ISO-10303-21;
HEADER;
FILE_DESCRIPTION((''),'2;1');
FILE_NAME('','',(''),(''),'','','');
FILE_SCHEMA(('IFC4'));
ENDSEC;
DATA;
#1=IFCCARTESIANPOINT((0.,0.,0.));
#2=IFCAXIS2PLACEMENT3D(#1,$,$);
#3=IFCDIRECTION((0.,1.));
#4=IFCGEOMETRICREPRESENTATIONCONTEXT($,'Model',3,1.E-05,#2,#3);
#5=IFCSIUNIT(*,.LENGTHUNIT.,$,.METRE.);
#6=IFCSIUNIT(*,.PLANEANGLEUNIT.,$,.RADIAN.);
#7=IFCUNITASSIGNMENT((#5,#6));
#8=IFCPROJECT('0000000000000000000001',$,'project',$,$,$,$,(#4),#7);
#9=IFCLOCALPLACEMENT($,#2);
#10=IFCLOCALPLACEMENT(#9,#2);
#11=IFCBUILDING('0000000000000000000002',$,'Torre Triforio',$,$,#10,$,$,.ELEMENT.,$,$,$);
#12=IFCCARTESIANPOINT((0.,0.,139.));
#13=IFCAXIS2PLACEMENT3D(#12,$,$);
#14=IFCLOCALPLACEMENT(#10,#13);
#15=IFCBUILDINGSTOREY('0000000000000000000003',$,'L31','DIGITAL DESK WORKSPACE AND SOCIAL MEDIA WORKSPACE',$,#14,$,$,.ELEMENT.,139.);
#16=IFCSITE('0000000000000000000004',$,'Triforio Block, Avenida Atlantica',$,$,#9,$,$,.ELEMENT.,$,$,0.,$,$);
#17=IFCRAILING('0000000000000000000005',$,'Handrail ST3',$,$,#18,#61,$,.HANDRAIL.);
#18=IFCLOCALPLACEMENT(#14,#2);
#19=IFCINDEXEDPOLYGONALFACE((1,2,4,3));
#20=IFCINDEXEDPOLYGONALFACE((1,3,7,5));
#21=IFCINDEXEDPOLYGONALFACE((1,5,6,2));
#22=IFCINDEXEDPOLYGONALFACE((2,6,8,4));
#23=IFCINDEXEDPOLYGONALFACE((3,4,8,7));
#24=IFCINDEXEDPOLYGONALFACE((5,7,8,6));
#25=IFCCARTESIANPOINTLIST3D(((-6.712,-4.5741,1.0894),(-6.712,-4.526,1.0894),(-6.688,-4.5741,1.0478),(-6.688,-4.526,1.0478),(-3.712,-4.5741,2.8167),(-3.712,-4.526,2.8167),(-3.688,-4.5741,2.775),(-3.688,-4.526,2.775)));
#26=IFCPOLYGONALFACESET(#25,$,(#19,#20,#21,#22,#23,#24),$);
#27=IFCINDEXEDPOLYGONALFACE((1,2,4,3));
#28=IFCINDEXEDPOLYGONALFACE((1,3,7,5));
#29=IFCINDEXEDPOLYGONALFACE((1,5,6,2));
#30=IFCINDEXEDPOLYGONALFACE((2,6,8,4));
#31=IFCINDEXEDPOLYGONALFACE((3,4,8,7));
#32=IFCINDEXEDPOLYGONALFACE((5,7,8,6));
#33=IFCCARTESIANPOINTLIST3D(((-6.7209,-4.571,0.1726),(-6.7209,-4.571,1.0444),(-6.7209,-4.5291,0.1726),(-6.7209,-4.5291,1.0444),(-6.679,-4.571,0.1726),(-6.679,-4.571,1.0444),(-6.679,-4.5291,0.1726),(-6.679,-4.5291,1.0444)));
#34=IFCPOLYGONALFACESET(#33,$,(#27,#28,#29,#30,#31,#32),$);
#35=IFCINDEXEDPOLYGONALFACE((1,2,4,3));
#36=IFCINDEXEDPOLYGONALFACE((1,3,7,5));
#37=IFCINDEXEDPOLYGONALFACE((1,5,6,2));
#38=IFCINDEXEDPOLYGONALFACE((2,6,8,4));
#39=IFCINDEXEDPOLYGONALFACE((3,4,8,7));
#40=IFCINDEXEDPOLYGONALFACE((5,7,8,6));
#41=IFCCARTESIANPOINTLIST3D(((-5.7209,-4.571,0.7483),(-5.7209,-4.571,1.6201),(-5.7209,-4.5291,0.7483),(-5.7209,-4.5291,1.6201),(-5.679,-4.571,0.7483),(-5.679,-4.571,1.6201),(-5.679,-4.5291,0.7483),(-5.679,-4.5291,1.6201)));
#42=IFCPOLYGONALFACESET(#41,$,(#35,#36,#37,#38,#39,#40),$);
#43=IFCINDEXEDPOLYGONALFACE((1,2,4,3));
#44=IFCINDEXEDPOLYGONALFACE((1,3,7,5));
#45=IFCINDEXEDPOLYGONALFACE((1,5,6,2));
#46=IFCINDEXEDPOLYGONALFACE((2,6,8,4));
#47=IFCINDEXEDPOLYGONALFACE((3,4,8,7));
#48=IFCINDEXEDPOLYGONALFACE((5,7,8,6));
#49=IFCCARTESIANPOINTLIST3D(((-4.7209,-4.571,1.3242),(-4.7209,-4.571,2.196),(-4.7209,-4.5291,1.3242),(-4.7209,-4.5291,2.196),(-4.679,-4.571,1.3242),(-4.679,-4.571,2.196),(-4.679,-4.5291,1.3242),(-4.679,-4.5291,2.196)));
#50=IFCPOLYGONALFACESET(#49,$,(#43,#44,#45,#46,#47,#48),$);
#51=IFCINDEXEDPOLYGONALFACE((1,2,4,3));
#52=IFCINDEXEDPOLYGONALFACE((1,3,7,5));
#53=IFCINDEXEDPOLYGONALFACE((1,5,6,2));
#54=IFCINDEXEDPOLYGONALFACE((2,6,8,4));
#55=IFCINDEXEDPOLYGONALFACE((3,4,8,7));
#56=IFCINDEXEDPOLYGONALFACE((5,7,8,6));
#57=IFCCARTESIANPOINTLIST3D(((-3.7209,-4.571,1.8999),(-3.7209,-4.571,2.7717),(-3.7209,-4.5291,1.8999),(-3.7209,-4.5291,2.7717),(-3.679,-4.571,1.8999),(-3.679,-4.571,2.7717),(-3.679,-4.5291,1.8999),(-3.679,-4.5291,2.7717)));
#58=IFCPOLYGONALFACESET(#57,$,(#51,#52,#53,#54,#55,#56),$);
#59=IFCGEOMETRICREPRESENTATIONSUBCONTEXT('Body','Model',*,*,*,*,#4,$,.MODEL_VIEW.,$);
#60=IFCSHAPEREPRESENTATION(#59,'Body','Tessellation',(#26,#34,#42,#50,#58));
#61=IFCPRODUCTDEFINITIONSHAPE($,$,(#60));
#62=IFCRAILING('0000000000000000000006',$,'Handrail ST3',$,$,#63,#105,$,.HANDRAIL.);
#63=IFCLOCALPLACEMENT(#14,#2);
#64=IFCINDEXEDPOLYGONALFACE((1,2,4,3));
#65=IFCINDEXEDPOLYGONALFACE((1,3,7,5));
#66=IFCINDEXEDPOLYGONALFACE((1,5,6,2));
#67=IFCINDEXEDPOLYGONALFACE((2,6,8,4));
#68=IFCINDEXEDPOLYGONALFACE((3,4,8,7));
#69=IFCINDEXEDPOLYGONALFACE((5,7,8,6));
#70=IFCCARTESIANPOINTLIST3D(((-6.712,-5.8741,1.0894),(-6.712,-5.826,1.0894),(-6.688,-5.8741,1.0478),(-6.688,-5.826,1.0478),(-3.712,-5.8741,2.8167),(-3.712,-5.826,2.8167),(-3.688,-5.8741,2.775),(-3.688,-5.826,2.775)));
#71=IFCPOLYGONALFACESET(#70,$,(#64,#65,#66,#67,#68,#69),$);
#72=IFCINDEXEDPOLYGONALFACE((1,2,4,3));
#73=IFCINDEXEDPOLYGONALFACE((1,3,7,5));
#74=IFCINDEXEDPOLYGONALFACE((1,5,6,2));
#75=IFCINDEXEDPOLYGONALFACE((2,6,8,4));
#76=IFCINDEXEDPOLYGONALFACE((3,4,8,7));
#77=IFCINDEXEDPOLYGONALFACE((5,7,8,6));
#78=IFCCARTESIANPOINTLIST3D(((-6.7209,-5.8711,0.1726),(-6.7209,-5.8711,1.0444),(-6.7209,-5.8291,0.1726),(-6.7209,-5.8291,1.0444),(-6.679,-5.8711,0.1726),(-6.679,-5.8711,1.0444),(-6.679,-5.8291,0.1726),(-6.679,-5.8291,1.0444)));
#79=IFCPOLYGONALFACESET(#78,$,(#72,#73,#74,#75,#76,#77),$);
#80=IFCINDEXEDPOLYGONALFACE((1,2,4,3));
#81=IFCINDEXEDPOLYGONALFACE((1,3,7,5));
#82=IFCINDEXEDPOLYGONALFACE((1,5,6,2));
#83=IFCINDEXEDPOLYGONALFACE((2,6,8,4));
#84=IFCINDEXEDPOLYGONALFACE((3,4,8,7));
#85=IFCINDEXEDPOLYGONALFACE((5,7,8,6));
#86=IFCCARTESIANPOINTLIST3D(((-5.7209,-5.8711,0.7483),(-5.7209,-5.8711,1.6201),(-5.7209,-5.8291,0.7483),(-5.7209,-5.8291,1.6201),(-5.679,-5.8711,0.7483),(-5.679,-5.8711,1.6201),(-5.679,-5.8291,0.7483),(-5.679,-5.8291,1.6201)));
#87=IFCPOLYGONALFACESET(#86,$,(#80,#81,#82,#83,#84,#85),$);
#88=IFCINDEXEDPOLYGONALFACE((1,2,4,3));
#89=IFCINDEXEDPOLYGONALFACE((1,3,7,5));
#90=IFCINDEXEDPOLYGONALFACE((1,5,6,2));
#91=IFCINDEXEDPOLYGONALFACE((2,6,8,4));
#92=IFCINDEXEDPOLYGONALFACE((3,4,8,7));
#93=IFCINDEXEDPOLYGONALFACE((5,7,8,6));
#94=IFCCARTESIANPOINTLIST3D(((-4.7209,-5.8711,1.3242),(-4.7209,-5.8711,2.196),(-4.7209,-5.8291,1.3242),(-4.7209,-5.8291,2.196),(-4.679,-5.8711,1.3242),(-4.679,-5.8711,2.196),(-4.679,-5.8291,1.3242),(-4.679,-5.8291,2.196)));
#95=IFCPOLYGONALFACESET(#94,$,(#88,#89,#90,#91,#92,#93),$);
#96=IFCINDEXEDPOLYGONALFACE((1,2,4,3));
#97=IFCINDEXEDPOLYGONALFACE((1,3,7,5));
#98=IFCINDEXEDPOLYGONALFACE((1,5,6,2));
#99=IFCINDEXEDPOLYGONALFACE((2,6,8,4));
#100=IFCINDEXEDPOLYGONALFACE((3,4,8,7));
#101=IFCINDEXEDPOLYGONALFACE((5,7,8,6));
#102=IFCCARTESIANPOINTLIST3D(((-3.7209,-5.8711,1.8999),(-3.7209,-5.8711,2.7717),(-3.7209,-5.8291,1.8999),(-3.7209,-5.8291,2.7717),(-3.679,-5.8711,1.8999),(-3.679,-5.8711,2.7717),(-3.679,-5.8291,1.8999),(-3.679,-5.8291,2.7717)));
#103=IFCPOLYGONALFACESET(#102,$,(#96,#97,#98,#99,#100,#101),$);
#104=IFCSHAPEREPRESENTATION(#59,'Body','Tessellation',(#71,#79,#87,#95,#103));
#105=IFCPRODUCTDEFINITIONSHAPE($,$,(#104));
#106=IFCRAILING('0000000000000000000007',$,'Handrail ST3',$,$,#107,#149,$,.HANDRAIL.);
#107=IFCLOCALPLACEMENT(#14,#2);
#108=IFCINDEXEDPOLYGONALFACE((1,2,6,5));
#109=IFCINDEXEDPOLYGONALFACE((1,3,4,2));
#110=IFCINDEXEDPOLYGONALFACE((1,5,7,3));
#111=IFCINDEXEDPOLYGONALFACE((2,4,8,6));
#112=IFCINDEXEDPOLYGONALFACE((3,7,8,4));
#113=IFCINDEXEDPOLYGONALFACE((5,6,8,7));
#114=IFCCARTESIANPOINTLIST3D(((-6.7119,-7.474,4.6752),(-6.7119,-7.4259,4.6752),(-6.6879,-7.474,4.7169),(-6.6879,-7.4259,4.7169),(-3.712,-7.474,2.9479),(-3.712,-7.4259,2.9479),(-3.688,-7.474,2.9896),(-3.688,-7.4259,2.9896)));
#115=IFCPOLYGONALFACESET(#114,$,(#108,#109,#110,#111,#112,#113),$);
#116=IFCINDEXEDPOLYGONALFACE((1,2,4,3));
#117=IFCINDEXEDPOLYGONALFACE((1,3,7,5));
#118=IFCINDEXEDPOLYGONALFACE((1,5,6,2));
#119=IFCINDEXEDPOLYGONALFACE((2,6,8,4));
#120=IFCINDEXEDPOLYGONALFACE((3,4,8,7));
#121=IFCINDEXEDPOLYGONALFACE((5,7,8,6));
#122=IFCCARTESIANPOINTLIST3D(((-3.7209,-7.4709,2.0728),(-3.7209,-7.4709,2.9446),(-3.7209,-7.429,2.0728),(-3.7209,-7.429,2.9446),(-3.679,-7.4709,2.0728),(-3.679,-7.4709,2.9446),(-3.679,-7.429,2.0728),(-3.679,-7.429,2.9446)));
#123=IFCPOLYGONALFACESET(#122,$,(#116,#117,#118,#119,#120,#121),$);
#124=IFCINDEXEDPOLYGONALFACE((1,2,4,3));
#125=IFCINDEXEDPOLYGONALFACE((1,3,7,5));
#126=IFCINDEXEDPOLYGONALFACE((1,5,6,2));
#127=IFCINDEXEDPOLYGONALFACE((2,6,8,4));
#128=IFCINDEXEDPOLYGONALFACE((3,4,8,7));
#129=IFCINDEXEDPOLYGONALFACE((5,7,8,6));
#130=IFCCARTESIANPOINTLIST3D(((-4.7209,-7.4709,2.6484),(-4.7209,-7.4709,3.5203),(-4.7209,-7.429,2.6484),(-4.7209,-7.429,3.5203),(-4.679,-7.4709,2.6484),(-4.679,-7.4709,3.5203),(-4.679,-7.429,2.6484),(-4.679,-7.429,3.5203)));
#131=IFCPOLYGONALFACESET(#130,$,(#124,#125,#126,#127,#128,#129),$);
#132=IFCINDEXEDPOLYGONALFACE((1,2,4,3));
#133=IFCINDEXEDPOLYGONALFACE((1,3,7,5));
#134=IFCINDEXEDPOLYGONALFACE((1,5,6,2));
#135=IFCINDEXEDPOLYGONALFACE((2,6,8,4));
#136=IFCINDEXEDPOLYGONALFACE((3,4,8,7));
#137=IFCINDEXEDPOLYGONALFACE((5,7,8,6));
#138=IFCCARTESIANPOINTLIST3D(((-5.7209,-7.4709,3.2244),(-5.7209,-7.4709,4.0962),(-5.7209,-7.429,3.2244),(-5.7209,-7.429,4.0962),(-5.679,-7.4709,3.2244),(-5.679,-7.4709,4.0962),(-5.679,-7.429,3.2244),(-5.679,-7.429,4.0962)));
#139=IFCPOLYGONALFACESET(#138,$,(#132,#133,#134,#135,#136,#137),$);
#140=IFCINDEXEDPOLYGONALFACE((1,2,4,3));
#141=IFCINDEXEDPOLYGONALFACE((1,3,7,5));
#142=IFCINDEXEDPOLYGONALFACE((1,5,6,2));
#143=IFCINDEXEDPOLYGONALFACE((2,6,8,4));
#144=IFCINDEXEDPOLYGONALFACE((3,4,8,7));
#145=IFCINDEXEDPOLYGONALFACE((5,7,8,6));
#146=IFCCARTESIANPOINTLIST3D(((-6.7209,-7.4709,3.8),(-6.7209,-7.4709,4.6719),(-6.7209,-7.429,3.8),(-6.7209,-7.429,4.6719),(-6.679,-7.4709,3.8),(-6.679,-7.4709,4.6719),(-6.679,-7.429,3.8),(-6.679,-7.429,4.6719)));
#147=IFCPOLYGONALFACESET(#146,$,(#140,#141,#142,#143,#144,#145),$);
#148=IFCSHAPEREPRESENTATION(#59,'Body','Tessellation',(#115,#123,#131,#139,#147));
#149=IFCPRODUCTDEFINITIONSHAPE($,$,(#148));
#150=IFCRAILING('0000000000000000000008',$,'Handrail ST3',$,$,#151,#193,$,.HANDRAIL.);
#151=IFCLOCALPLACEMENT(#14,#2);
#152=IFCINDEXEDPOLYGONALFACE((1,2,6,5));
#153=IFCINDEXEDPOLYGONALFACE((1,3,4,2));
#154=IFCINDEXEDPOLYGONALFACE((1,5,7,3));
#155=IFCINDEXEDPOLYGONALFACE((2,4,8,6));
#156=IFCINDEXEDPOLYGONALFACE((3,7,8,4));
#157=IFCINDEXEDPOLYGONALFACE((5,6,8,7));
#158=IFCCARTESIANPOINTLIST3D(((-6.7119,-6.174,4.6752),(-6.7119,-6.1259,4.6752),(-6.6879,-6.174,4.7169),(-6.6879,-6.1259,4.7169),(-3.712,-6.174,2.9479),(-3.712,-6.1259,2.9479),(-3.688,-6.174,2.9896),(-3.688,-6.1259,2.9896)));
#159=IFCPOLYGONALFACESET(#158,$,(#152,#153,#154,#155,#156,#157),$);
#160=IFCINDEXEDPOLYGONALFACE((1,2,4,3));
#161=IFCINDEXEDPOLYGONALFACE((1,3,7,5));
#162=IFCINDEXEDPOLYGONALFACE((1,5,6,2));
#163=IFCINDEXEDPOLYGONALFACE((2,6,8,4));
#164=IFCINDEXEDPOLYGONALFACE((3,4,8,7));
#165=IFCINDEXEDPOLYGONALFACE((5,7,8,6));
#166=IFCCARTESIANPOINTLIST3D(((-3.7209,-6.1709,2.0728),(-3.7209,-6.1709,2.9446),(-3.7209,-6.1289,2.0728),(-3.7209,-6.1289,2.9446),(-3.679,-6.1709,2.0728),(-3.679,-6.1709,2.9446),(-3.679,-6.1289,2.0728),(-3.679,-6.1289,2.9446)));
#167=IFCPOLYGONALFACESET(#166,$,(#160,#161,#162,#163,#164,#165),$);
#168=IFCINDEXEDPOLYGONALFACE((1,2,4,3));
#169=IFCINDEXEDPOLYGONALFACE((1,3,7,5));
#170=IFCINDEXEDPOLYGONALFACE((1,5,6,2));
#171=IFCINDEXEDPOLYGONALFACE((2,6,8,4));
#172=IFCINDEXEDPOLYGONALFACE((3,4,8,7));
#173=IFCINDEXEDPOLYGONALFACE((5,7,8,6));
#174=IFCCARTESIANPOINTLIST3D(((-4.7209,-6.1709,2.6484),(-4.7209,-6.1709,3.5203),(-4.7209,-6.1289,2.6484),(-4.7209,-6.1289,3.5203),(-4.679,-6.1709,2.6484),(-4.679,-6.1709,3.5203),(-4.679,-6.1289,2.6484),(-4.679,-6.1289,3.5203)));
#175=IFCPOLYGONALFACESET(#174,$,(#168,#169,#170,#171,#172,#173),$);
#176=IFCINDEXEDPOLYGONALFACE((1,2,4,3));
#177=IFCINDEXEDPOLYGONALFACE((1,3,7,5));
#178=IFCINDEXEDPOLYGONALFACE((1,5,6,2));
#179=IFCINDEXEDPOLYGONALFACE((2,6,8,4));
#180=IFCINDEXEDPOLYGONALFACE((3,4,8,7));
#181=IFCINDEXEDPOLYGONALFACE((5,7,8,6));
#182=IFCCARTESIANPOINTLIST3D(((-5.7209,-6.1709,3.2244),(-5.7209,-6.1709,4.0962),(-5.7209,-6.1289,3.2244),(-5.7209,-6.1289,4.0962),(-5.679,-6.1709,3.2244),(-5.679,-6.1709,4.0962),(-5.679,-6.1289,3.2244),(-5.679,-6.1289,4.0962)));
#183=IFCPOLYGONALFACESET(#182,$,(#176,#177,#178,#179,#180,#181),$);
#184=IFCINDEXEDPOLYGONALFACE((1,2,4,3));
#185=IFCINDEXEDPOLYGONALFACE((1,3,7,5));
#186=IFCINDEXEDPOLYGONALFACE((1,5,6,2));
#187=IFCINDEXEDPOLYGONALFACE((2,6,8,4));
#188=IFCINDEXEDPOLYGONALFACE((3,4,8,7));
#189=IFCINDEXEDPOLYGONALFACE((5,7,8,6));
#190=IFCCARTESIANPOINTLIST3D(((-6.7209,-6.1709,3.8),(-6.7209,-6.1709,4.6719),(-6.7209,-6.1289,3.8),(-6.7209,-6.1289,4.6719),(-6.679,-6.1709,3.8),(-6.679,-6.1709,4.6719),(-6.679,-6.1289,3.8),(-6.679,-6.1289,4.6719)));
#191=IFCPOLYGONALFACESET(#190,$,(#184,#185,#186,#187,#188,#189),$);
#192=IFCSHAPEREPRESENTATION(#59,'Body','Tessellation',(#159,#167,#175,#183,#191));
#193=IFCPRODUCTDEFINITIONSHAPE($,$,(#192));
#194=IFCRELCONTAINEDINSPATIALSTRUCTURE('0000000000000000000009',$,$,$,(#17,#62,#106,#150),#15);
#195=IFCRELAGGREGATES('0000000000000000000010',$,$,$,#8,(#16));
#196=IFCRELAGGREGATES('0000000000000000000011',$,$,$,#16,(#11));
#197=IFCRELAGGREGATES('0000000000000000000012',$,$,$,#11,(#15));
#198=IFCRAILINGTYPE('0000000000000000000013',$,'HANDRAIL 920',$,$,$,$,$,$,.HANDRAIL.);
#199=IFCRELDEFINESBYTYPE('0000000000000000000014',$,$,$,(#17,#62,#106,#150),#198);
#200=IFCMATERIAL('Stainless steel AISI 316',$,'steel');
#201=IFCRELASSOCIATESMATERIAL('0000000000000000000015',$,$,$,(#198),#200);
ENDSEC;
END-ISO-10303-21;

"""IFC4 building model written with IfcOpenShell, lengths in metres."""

from ifc_helpers import new_model, si_unit, direction, frame, origin, origin_2d, place, context, subcontext, project, spatial, rectangle, extrude, material, type_object, element, save


model = new_model("IFC4")

# Units and contexts
model_context = context("Model", 3, precision=1e-05, world=origin(), true_north=direction((0.0, 1.0)))
body_context = subcontext(model_context, "Body", "Model", "MODEL_VIEW")
ifc_project = project(units=[si_unit("LENGTHUNIT", "METRE"), si_unit("PLANEANGLEUNIT", "RADIAN")], contexts=[model_context])

# Site, building, storey
site_placement = place(None, origin())
site = spatial("IfcSite", under=ifc_project, at=site_placement, Name="Triforio Block, Avenida Atlantica", CompositionType="ELEMENT", RefElevation=0.0)
building_placement = place(site_placement, origin())
building = spatial("IfcBuilding", under=site, at=building_placement, Name="Torre Triforio", CompositionType="ELEMENT")
storey_placement = place(building_placement, frame((0.0, 0.0, 139.0)))
storey = spatial("IfcBuildingStorey", under=building, at=storey_placement, Name="L31", Description="DIGITAL DESK WORKSPACE AND SOCIAL MEDIA WORKSPACE", CompositionType="ELEMENT", Elevation=139.0)

# Railings
ifc_material_1 = material(Name="Stainless steel AISI 316", Category="steel")
railing_type = type_object("IfcRailingType", Name="HANDRAIL 920", PredefinedType="HANDRAIL", material=ifc_material_1)
for number, where, name in (
    (1, (-6.7, -4.55, 0.1726), "Handrail ST3"),
    (2, (-6.7, -5.8501, 0.1726), "Handrail ST3"),
):
    element("IfcRailing", number, at=place(storey_placement, frame(where)), inside=storey, type_object=railing_type, Name=name, PredefinedType="HANDRAIL", context=body_context, shape_type="SweptSolid", body=[
        extrude(rectangle(XDim=0.0481, YDim=0.0481, at=origin_2d()), frame((0.0, 0.0, 0.896), z_axis=(0.86662, 0.0, 0.498969), x_axis=(0.0, 1.0, 0.0)), (0.0, 0.0, 1.0), 3.4617),
        extrude(rectangle(XDim=0.042, YDim=0.042, at=origin_2d()), origin(), (0.0, 0.0, 1.0), 0.8718),
        extrude(rectangle(XDim=0.042, YDim=0.042, at=origin_2d()), frame((1.0, 0.0, 0.5757)), (0.0, 0.0, 1.0), 0.8718),
        extrude(rectangle(XDim=0.042, YDim=0.042, at=origin_2d()), frame((2.0, 0.0, 1.1516)), (0.0, 0.0, 1.0), 0.8718),
        extrude(rectangle(XDim=0.042, YDim=0.042, at=origin_2d()), frame((3.0, 0.0, 1.7273)), (0.0, 0.0, 1.0), 0.8718),
    ])
for number, where, name in (
    (3, (-3.7, -7.45, 2.0728), "Handrail ST3"),
    (4, (-3.7, -6.1499, 2.0728), "Handrail ST3"),
):
    element("IfcRailing", number, at=place(storey_placement, frame(where)), inside=storey, type_object=railing_type, Name=name, PredefinedType="HANDRAIL", context=body_context, shape_type="SweptSolid", body=[
        extrude(rectangle(XDim=0.0481, YDim=0.0481, at=origin_2d()), frame((0.0, 0.0, 0.896), z_axis=(-0.86662, 0.0, 0.498969), x_axis=(0.0, -1.0, 0.0)), (0.0, 0.0, 1.0), 3.4617),
        extrude(rectangle(XDim=0.042, YDim=0.042, at=origin_2d()), origin(), (0.0, 0.0, 1.0), 0.8718),
        extrude(rectangle(XDim=0.042, YDim=0.042, at=origin_2d()), frame((-1.0, 0.0, 0.5757)), (0.0, 0.0, 1.0), 0.8718),
        extrude(rectangle(XDim=0.042, YDim=0.042, at=origin_2d()), frame((-2.0, 0.0, 1.1516)), (0.0, 0.0, 1.0), 0.8718),
        extrude(rectangle(XDim=0.042, YDim=0.042, at=origin_2d()), frame((-3.0, 0.0, 1.7273)), (0.0, 0.0, 1.0), 0.8718),
    ])

save(model, "model.ifc")
